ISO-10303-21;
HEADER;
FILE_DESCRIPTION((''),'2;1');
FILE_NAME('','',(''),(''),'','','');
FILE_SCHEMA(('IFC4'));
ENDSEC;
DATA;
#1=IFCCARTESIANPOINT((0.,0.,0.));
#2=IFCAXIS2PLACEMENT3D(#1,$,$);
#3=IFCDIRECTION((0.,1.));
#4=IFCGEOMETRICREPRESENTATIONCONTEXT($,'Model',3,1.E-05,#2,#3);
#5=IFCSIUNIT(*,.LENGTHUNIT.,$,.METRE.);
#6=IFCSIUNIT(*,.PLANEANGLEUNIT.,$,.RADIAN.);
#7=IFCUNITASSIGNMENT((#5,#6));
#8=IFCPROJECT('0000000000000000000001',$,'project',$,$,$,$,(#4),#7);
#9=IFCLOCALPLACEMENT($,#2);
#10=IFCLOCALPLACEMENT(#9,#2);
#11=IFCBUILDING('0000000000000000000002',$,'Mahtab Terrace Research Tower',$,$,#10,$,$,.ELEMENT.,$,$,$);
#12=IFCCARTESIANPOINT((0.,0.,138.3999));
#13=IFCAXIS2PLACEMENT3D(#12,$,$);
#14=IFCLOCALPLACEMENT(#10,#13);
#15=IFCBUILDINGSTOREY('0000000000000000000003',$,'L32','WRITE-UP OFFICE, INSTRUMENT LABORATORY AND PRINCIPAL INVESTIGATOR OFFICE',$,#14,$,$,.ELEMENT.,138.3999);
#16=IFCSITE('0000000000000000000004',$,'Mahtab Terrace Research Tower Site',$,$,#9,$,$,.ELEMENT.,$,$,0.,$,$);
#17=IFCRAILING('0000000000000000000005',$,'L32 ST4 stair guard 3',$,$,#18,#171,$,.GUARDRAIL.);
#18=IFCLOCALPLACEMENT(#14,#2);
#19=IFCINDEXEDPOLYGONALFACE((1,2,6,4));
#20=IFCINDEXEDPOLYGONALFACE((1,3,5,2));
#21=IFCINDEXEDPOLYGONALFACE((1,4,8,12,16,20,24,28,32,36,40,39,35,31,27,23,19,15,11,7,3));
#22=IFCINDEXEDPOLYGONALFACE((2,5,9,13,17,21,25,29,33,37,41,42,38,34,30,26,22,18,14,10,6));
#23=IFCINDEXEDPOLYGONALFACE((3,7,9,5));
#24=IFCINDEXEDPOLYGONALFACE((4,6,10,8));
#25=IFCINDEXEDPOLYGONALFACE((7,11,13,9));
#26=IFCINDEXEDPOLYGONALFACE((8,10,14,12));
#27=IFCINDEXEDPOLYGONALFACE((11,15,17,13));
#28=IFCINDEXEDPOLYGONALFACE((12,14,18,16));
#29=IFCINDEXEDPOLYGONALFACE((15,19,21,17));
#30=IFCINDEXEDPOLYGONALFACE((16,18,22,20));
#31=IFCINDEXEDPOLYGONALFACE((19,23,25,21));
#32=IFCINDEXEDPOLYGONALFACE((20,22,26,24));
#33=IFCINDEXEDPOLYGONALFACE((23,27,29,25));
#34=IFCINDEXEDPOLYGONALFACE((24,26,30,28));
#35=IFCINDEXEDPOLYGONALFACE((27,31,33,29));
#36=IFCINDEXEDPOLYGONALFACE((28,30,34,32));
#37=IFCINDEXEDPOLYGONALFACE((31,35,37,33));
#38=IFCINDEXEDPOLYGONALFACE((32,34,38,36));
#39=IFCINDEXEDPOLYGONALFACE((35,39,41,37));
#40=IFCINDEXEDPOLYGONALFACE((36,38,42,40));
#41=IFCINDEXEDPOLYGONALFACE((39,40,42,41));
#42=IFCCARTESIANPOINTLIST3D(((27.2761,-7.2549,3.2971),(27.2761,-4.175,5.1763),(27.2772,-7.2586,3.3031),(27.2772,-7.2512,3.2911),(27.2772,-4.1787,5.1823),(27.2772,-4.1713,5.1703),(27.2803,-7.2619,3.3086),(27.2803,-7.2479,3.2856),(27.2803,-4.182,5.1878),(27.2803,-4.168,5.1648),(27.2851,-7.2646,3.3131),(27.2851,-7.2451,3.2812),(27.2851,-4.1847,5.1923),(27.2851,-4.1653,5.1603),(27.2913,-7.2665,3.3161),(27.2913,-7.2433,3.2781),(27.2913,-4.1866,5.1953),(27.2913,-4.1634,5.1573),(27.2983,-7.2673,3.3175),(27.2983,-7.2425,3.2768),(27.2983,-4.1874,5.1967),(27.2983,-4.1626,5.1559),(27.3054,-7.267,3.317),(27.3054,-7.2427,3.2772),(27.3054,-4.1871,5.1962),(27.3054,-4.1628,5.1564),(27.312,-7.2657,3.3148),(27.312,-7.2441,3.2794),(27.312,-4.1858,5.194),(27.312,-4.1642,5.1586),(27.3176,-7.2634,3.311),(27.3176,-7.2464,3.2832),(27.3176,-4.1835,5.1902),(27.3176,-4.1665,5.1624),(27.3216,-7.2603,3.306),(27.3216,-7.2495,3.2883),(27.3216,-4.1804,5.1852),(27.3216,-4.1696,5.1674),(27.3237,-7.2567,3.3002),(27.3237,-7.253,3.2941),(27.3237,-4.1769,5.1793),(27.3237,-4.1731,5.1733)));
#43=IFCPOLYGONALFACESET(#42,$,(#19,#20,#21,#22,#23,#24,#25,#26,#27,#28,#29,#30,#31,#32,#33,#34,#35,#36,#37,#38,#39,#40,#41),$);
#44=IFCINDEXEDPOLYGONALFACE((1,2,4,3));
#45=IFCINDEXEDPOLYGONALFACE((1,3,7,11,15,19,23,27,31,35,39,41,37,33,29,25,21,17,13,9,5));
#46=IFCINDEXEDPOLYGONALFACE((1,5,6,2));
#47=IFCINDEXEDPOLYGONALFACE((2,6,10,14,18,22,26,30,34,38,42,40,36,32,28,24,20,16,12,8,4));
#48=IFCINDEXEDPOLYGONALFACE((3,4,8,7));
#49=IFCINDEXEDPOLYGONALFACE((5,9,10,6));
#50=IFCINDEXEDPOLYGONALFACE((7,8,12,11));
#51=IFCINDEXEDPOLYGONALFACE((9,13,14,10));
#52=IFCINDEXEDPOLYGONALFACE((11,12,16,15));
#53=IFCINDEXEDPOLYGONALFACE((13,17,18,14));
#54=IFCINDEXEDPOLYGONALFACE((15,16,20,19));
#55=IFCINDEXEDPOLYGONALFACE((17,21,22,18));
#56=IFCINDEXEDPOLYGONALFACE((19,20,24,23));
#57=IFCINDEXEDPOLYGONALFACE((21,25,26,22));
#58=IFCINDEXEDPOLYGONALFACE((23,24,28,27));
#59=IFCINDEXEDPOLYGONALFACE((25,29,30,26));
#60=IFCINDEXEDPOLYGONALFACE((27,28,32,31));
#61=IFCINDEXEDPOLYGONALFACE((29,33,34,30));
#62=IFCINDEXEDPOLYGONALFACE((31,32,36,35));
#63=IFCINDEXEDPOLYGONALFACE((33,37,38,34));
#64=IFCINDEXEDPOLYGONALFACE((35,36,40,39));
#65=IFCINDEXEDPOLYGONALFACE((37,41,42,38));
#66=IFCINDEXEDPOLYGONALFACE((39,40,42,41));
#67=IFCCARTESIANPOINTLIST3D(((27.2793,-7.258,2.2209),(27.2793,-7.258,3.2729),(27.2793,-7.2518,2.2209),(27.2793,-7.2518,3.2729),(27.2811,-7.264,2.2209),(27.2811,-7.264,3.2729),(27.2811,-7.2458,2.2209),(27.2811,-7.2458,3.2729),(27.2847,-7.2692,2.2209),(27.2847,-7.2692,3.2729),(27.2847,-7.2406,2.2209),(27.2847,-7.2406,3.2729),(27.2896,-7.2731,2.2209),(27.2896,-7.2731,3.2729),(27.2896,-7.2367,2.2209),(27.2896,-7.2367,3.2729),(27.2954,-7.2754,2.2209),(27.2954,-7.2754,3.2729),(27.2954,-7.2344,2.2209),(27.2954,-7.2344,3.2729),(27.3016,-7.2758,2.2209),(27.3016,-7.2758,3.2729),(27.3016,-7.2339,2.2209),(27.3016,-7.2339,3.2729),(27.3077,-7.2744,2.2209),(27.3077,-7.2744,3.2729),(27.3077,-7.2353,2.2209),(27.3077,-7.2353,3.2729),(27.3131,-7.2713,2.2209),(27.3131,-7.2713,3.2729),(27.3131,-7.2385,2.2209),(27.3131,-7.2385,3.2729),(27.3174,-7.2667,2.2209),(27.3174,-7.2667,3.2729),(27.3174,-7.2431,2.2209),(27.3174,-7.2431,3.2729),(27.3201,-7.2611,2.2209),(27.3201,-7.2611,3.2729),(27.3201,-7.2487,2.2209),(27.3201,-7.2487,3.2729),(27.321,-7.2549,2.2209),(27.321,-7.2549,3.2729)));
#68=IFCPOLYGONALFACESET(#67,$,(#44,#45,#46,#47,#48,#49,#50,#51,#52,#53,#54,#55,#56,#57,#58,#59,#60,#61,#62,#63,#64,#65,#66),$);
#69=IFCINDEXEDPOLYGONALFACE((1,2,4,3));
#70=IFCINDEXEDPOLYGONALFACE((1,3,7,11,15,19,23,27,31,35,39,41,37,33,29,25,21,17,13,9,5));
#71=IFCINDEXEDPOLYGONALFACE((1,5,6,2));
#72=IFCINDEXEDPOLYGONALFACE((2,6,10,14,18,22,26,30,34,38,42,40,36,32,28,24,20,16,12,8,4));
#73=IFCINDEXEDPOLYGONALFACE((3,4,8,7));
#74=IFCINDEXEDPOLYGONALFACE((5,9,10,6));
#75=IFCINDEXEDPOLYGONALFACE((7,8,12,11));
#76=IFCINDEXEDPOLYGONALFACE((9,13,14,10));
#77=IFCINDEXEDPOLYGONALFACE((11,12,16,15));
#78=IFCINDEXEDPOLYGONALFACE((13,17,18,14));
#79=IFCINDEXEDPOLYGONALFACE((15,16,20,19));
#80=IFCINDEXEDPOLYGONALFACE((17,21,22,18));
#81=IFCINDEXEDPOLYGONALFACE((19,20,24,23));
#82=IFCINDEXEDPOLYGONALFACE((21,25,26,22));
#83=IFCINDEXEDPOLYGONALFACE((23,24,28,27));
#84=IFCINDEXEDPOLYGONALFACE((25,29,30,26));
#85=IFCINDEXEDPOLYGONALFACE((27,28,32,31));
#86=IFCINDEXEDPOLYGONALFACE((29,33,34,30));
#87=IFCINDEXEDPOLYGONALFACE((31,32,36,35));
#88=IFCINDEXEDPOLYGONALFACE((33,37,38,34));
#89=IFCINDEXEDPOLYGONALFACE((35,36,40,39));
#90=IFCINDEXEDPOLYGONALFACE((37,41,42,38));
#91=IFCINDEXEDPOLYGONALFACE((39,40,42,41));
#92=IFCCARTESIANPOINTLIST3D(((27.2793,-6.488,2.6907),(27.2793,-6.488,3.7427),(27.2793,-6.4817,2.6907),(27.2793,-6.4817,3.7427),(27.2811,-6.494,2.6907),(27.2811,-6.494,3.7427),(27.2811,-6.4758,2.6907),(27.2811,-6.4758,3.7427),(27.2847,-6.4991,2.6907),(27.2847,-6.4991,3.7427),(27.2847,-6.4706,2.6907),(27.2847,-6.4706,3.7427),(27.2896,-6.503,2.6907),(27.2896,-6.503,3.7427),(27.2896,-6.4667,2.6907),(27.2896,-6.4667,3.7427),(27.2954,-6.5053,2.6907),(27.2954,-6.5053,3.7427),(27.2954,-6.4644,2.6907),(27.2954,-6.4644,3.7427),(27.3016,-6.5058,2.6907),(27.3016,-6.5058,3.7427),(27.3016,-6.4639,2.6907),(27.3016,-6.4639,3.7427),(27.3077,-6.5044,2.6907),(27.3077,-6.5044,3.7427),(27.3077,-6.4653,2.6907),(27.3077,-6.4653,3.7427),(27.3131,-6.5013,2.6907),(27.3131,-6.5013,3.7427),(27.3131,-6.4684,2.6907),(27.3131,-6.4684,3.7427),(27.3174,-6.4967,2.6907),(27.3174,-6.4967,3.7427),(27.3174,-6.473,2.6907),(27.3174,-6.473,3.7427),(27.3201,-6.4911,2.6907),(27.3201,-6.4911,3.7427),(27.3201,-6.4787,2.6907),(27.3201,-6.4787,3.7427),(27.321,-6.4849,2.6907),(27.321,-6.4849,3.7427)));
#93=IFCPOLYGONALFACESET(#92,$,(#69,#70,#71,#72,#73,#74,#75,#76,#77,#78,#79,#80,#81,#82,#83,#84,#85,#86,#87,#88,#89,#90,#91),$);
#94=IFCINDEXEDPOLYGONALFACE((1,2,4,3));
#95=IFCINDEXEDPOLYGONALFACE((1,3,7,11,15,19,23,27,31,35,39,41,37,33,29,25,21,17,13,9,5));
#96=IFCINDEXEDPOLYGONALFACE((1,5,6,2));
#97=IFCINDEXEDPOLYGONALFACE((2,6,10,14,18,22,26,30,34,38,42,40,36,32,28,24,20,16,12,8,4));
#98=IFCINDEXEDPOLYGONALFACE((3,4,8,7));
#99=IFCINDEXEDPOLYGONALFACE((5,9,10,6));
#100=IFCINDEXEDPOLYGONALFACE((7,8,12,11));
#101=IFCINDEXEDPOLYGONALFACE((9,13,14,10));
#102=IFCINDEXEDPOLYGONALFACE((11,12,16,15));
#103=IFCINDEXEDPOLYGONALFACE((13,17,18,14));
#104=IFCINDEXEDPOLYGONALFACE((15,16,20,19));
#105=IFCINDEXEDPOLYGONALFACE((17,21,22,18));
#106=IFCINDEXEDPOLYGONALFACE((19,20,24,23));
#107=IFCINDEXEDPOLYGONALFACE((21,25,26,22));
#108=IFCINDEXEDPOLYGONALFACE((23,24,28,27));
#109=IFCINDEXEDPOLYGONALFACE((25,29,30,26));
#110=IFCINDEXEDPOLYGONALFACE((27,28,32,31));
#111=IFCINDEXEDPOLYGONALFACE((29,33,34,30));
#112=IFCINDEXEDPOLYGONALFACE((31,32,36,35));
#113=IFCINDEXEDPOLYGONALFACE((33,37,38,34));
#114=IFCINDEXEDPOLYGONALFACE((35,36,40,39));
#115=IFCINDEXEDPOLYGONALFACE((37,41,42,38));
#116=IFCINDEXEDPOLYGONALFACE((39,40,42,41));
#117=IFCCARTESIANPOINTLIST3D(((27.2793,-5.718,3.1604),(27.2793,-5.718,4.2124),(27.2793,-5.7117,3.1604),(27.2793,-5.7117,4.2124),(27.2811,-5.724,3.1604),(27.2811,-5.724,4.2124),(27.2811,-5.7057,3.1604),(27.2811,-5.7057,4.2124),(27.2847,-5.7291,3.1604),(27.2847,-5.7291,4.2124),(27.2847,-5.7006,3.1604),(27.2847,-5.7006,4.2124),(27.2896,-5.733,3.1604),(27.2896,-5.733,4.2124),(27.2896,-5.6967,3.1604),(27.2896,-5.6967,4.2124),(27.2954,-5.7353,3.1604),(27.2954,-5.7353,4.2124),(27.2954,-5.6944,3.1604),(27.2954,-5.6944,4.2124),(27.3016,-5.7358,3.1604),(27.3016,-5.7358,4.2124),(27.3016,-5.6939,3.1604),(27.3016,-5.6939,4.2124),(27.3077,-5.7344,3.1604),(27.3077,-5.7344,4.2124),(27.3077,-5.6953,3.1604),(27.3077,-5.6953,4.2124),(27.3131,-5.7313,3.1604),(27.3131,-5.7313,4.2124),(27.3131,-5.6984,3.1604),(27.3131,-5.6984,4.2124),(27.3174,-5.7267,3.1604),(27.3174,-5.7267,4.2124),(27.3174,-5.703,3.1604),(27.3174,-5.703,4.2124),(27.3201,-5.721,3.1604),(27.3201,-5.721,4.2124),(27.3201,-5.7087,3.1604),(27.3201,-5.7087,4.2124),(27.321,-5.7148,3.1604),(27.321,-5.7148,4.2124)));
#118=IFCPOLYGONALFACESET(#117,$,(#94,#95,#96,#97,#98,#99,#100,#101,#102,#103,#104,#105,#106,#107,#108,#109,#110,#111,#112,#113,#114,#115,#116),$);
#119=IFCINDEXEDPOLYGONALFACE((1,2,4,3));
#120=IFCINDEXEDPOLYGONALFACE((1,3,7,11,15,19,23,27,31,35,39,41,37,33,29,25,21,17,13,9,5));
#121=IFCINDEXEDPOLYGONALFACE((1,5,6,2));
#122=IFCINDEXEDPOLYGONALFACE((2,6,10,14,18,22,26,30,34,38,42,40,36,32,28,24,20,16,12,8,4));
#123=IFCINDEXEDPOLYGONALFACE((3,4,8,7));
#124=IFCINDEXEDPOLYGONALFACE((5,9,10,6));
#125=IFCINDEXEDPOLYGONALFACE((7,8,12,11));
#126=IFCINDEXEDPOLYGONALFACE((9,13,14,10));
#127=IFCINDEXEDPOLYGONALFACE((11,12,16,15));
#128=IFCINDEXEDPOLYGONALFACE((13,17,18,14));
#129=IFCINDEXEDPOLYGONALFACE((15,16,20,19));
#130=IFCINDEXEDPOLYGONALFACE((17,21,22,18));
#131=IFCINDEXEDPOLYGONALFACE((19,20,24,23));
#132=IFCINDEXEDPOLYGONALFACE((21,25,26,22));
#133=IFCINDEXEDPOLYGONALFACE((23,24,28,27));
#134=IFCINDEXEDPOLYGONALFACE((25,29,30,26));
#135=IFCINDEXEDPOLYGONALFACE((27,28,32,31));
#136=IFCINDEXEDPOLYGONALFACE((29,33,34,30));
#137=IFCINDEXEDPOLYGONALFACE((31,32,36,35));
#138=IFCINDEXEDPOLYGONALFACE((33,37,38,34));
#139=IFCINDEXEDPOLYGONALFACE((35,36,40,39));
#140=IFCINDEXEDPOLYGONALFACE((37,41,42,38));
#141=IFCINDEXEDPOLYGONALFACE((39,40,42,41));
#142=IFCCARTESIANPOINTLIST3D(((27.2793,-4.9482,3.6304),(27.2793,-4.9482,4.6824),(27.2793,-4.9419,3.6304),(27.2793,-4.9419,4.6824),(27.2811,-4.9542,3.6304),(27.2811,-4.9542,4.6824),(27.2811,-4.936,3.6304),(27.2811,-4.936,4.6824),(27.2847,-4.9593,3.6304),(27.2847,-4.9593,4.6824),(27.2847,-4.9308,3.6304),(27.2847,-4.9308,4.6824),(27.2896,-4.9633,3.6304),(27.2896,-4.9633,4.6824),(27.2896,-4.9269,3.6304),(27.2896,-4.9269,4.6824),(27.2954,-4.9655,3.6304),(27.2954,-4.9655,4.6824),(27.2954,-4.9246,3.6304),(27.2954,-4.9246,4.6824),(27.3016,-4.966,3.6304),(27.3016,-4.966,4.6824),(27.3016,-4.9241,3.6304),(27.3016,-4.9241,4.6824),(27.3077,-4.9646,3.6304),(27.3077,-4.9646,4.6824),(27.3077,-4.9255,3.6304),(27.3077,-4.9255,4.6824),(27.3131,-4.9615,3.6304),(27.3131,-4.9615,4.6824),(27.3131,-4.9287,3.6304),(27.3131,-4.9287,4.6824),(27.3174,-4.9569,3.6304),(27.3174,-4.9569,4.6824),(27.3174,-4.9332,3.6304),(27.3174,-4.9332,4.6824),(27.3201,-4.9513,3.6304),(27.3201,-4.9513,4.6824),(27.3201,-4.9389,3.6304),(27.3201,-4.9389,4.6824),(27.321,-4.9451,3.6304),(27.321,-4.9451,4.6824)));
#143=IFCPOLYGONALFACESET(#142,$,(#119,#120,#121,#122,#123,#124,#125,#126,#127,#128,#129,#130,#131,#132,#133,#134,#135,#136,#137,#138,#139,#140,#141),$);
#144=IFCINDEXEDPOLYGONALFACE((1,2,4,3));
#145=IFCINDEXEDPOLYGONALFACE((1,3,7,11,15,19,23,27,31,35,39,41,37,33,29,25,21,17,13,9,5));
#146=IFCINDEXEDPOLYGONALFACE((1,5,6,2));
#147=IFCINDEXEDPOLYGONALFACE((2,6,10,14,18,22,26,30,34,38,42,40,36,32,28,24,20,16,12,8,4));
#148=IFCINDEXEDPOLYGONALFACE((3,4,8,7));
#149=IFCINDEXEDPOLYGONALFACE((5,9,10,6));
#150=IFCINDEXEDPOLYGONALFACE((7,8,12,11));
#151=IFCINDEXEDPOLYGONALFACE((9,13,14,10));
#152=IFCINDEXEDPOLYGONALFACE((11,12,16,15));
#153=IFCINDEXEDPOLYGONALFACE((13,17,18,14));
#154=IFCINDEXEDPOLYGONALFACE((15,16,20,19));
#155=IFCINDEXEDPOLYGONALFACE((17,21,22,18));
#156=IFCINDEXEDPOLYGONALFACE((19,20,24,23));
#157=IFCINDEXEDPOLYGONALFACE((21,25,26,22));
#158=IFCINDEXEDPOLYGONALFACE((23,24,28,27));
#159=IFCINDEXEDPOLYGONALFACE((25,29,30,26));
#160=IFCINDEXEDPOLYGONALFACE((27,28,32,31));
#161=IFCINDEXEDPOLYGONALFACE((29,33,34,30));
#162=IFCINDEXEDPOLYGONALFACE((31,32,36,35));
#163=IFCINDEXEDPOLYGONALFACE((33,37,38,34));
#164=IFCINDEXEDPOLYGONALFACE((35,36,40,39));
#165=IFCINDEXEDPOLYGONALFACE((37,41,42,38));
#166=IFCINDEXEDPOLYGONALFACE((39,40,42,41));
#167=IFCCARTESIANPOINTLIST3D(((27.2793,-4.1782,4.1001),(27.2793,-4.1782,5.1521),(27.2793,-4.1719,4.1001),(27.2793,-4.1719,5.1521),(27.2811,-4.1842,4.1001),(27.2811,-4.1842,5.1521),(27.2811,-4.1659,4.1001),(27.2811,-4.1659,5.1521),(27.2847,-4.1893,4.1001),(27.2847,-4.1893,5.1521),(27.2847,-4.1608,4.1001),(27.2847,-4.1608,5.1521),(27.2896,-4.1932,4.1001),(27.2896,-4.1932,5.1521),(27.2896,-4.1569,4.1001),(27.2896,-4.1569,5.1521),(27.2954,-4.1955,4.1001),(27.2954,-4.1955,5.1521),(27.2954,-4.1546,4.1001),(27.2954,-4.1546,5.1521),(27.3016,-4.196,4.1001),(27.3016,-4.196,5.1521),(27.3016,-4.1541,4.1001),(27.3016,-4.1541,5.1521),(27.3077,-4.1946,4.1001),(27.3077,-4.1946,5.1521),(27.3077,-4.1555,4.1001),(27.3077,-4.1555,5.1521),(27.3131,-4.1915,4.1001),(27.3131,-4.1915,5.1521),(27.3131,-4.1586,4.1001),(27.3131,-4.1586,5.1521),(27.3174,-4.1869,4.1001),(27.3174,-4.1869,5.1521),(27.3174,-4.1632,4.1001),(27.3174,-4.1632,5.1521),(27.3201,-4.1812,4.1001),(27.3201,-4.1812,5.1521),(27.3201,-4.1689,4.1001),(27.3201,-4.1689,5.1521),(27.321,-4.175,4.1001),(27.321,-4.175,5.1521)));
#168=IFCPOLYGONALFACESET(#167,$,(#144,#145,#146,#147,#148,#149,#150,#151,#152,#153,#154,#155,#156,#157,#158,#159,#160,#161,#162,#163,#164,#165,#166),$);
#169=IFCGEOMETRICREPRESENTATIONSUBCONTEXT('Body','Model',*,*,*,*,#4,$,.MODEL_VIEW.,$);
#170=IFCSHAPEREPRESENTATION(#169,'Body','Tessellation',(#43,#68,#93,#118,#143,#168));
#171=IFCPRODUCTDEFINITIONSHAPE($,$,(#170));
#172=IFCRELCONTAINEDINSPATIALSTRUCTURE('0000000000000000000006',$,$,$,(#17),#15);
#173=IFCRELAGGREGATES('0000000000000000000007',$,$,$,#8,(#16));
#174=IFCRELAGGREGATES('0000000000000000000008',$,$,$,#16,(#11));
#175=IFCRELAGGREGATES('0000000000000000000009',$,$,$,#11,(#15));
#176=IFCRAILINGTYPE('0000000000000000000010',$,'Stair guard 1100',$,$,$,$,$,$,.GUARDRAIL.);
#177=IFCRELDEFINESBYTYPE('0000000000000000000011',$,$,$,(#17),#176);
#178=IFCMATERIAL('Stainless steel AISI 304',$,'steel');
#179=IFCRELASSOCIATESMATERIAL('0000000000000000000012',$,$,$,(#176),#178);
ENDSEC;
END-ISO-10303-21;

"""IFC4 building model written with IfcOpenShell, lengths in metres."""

from ifc_helpers import new_model, si_unit, direction, frame, origin, origin_2d, place, context, subcontext, project, spatial, circle, extrude, material, type_object, element, save


model = new_model("IFC4")

# Units and contexts
model_context = context("Model", 3, precision=1e-05, world=origin(), true_north=direction((0.0, 1.0)))
body_context = subcontext(model_context, "Body", "Model", "MODEL_VIEW")
ifc_project = project(units=[si_unit("LENGTHUNIT", "METRE"), si_unit("PLANEANGLEUNIT", "RADIAN")], contexts=[model_context])

# Site, building, storey
site_placement = place(None, origin())
site = spatial("IfcSite", under=ifc_project, at=site_placement, Name="Mahtab Terrace Research Tower Site", CompositionType="ELEMENT", RefElevation=0.0)
building_placement = place(site_placement, origin())
building = spatial("IfcBuilding", under=site, at=building_placement, Name="Mahtab Terrace Research Tower", CompositionType="ELEMENT")
storey_placement = place(building_placement, frame((0.0, 0.0, 138.3999)))
storey = spatial("IfcBuildingStorey", under=building, at=storey_placement, Name="L32", Description="WRITE-UP OFFICE, INSTRUMENT LABORATORY AND PRINCIPAL INVESTIGATOR OFFICE", CompositionType="ELEMENT", Elevation=138.3999)

# Railing
ifc_material_1 = material(Name="Stainless steel AISI 304", Category="steel")
railing_type_1 = type_object("IfcRailingType", Name="Stair guard 1100", PredefinedType="GUARDRAIL", material=ifc_material_1)
railing_1_placement = place(storey_placement, frame((27.3, -7.2549, 2.2209)))
element("IfcRailing", 1, at=railing_1_placement, inside=storey, type_object=railing_type_1, Name="L32 ST4 stair guard 3", PredefinedType="GUARDRAIL", context=body_context, shape_type="SweptSolid", body=[
    extrude(circle(Radius=0.0239, at=origin_2d()), frame((0.0, 0.0, 1.0762), z_axis=(0.0, 0.853648, 0.52085), x_axis=(-1.0, 0.0, 0.0)), (0.0, 0.0, 1.0), 3.6079),
    extrude(circle(Radius=0.021, at=origin_2d()), origin(), (0.0, 0.0, 1.0), 1.052),
    extrude(circle(Radius=0.021, at=origin_2d()), frame((0.0, 0.77, 0.4697)), (0.0, 0.0, 1.0), 1.052),
    extrude(circle(Radius=0.021, at=origin_2d()), frame((0.0, 1.54, 0.9395)), (0.0, 0.0, 1.0), 1.052),
    extrude(circle(Radius=0.021, at=origin_2d()), frame((0.0, 2.3098, 1.4094)), (0.0, 0.0, 1.0), 1.052),
    extrude(circle(Radius=0.021, at=origin_2d()), frame((0.0, 3.0798, 1.8792)), (0.0, 0.0, 1.0), 1.052),
])

save(model, "model.ifc")
